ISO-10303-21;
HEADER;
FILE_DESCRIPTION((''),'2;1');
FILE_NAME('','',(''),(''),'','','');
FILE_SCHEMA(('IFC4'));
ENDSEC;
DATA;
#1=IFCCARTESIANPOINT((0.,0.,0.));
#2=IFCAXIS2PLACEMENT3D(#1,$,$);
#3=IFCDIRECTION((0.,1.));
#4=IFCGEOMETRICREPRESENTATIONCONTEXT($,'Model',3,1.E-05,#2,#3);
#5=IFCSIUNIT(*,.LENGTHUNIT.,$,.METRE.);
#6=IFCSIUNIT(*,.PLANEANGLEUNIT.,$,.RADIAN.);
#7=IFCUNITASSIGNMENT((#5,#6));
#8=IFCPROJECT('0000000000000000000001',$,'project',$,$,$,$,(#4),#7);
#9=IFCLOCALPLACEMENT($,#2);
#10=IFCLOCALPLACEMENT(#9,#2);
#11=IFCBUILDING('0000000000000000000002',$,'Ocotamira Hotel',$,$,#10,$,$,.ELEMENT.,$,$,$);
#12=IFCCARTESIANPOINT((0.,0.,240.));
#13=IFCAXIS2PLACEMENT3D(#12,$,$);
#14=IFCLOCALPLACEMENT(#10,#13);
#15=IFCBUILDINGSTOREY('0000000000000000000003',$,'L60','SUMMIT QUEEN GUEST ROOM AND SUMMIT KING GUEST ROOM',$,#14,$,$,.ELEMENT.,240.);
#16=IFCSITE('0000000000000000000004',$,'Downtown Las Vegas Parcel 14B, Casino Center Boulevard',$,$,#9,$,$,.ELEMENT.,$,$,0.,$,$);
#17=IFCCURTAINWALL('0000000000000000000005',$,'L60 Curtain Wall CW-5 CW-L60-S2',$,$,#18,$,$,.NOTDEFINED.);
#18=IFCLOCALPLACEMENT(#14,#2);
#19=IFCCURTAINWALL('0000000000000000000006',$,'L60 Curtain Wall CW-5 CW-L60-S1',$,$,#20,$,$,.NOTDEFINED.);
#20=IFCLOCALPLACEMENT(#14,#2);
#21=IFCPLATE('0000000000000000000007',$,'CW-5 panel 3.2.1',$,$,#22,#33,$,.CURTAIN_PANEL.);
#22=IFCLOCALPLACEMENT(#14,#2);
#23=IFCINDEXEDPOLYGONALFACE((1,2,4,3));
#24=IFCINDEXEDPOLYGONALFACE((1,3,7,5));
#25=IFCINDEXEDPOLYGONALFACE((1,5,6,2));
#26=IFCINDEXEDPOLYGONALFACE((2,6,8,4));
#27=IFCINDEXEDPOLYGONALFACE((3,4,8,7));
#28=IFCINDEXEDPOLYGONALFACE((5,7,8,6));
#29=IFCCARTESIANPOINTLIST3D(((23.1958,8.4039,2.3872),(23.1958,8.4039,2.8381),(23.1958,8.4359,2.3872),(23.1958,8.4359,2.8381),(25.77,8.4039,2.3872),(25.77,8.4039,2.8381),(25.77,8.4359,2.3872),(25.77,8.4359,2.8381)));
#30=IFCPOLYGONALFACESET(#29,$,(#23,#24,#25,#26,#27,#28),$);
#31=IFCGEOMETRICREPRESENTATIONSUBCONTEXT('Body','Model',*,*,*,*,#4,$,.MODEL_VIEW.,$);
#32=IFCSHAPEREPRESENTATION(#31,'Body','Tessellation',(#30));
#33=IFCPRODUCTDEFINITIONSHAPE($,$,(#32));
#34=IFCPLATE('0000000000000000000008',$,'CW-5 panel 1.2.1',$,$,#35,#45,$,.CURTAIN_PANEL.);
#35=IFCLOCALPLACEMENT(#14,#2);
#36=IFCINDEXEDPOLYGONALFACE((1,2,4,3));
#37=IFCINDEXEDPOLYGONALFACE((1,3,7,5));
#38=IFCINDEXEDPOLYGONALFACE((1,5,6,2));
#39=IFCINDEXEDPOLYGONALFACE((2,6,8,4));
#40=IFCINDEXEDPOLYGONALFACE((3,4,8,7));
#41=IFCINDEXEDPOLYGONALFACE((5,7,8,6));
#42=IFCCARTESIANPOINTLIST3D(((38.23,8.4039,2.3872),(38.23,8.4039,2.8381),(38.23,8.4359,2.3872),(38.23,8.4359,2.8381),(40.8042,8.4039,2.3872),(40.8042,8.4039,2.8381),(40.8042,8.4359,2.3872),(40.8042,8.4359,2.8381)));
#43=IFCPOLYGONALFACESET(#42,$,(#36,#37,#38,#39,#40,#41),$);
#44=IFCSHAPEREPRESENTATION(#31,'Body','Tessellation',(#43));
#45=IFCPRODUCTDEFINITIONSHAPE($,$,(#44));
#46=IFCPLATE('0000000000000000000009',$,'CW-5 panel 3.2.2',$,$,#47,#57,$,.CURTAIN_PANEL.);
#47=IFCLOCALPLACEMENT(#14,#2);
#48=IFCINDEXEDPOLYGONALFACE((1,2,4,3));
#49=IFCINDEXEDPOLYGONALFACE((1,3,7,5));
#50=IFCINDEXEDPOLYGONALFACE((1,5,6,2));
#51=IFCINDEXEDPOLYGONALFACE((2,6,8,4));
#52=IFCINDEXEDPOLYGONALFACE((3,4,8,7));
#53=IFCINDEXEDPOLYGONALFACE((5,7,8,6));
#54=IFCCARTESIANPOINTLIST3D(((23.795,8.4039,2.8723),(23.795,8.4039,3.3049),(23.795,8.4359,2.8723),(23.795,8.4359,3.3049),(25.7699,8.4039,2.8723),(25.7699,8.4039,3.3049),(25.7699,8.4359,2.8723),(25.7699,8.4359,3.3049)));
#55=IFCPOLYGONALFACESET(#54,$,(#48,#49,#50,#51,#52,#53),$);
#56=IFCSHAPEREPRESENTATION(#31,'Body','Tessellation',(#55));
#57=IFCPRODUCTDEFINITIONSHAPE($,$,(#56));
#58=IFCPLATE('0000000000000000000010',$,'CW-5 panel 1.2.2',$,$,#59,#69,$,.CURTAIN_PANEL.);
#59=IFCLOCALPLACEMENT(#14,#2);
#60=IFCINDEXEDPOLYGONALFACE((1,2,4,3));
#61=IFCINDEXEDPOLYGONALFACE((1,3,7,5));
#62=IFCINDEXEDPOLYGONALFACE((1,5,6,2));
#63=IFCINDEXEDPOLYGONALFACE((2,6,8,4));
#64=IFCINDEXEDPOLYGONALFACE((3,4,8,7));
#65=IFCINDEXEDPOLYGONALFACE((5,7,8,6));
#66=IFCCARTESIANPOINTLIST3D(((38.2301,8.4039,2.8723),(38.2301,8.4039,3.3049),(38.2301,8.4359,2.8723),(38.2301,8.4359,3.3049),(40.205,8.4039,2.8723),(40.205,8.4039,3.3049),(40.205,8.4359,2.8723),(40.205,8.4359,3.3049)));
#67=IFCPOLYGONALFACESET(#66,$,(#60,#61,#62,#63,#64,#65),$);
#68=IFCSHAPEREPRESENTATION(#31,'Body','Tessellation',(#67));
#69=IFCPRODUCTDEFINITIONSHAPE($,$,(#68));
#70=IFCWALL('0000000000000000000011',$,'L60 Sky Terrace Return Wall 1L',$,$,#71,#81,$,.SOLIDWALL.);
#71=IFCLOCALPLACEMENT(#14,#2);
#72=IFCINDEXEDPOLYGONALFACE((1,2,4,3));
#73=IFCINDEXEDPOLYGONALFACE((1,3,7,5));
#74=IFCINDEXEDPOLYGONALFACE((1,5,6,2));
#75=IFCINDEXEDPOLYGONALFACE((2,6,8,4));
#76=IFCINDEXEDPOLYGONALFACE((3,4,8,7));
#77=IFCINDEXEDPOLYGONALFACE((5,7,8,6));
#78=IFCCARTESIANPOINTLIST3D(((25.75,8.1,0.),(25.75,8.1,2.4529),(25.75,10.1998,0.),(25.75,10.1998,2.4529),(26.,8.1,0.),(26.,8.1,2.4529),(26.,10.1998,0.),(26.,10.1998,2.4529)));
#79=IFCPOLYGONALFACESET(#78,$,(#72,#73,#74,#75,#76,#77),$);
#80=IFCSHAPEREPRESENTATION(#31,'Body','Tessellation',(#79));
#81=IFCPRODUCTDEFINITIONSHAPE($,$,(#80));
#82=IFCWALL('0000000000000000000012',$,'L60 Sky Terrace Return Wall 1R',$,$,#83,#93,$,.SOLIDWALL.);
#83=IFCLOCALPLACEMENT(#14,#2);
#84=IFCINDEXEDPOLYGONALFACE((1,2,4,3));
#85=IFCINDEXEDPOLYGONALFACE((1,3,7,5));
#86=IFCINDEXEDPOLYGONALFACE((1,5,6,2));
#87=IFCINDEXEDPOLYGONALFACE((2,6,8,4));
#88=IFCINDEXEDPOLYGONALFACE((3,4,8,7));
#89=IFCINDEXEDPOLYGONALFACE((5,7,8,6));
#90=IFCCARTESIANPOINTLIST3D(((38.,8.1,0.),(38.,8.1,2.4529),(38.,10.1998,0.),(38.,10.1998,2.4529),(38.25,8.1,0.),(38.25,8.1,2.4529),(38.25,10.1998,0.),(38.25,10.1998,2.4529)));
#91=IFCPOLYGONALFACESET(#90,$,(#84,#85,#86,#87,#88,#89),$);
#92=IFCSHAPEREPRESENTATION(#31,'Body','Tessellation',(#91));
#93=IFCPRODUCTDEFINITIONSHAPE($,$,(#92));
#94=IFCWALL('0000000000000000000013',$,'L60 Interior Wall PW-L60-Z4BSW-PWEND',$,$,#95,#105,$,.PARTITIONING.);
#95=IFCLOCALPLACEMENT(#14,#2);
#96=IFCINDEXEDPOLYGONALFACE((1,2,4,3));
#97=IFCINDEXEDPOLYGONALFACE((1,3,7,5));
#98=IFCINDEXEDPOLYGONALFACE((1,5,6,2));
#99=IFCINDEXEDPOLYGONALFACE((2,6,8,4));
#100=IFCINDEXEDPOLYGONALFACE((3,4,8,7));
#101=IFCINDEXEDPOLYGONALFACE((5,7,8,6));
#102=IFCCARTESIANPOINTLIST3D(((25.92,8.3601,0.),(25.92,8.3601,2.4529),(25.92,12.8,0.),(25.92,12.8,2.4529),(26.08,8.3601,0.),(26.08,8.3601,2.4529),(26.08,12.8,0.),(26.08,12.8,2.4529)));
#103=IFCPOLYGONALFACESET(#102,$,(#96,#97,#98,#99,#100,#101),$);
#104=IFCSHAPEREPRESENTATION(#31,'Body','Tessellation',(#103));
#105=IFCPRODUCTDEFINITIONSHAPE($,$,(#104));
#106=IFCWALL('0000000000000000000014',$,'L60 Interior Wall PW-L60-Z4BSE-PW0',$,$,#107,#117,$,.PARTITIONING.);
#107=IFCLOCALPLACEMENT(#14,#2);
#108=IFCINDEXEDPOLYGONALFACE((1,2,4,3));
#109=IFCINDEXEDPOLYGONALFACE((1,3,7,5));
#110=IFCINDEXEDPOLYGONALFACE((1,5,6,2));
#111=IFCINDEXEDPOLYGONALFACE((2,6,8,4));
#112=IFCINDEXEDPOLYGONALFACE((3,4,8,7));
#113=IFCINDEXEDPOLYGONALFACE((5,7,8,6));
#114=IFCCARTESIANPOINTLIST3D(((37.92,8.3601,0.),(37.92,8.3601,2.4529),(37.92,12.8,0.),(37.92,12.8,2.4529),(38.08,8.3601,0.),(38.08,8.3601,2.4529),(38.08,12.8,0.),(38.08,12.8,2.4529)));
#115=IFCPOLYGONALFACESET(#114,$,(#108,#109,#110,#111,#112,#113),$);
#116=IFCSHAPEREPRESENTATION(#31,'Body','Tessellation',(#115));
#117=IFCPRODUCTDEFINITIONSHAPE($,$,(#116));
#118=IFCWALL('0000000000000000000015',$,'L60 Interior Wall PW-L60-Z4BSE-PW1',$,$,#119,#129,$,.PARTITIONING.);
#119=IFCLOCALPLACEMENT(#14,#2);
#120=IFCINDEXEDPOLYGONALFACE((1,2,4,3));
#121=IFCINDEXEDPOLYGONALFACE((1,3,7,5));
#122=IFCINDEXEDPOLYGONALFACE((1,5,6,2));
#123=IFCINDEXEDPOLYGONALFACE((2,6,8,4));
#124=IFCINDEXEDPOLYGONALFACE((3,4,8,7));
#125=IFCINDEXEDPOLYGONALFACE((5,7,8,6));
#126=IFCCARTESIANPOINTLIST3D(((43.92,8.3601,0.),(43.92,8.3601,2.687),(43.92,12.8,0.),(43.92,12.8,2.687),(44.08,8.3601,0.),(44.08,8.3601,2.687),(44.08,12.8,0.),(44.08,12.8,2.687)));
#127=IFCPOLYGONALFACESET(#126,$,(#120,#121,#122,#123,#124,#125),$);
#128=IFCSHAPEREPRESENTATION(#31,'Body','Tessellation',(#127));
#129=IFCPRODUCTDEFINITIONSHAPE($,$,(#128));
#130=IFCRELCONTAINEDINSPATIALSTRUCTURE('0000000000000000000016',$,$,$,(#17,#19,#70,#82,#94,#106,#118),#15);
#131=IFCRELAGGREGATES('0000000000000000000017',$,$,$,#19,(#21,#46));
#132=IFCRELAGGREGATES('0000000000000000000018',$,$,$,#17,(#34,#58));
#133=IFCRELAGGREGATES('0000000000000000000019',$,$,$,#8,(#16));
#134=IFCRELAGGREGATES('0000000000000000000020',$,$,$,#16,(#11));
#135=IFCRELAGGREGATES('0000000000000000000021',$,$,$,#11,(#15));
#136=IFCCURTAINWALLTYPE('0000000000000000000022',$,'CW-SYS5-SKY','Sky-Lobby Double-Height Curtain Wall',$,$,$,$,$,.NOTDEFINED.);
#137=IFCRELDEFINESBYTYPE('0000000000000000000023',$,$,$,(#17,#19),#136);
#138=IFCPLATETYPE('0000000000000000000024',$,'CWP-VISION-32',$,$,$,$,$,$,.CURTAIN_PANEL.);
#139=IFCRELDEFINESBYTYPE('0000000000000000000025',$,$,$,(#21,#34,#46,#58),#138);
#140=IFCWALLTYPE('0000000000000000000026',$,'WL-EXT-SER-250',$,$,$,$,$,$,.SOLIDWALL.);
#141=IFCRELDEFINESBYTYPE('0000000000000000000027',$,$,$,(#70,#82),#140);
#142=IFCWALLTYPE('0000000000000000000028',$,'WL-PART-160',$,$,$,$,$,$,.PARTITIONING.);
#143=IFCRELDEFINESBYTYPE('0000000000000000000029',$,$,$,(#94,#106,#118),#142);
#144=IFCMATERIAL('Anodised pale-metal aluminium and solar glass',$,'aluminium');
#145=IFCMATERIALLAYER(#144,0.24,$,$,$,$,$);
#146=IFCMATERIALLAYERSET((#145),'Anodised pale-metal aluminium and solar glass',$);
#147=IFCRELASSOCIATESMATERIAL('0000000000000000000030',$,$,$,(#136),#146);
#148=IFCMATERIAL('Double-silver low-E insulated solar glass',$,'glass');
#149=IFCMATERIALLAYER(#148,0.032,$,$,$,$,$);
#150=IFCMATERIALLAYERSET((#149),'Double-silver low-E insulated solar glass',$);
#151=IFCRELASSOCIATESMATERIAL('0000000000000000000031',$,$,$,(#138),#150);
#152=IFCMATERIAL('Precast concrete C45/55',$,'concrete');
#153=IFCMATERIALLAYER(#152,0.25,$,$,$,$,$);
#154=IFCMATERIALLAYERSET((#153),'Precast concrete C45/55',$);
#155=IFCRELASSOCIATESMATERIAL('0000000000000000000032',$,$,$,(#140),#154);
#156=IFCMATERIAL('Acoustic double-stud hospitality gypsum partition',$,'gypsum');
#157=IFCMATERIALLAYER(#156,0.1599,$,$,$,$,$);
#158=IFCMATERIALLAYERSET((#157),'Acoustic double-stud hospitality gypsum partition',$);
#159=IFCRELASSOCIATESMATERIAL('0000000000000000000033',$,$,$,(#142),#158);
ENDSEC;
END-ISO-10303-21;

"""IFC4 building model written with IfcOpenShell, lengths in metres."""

from ifc_helpers import new_model, si_unit, direction, frame, frame_2d, origin, origin_2d, place, context, subcontext, project, spatial, rectangle, extrude, source, transform, mapped, material, layer, layer_set, type_object, element, aggregate, save


model = new_model("IFC4")

# Units and contexts
model_context = context("Model", 3, precision=1e-05, world=origin(), true_north=direction((0.0, 1.0)))
body_context = subcontext(model_context, "Body", "Model", "MODEL_VIEW")
ifc_project = project(units=[si_unit("LENGTHUNIT", "METRE"), si_unit("PLANEANGLEUNIT", "RADIAN")], contexts=[model_context])

# Site, building, storey
site_placement = place(None, origin())
site = spatial("IfcSite", under=ifc_project, at=site_placement, Name="Downtown Las Vegas Parcel 14B, Casino Center Boulevard", CompositionType="ELEMENT", RefElevation=0.0)
building_placement = place(site_placement, origin())
building = spatial("IfcBuilding", under=site, at=building_placement, Name="Ocotamira Hotel", CompositionType="ELEMENT")
storey_placement = place(building_placement, frame((0.0, 0.0, 240.0)))
storey = spatial("IfcBuildingStorey", under=building, at=storey_placement, Name="L60", Description="SUMMIT QUEEN GUEST ROOM AND SUMMIT KING GUEST ROOM", CompositionType="ELEMENT", Elevation=240.0)

# Curtain wall
ifc_material_1 = material(Name="Anodised pale-metal aluminium and solar glass", Category="aluminium")
ifc_layer_1 = layer(ifc_material_1, 0.24)
ifc_layer_set_1 = layer_set([ifc_layer_1], Name="Anodised pale-metal aluminium and solar glass")
curtain_wall_type = type_object("IfcCurtainWallType", Name="CW-SYS5-SKY", Description="Sky-Lobby Double-Height Curtain Wall", PredefinedType="NOTDEFINED", material=ifc_layer_set_1)
curtain_wall_1_placement = place(storey_placement, origin())
curtain_wall_1 = element("IfcCurtainWall", 1, at=curtain_wall_1_placement, inside=storey, type_object=curtain_wall_type, Name="L60 Curtain Wall CW-5 CW-L60-S2", PredefinedType="NOTDEFINED")

# Curtain wall
curtain_wall_2_placement = place(storey_placement, origin())
curtain_wall_2 = element("IfcCurtainWall", 2, at=curtain_wall_2_placement, inside=storey, type_object=curtain_wall_type, Name="L60 Curtain Wall CW-5 CW-L60-S1", PredefinedType="NOTDEFINED")

# Plates
ifc_material_2 = material(Name="Double-silver low-E insulated solar glass", Category="glass")
ifc_layer_2 = layer(ifc_material_2, 0.032)
ifc_layer_set_2 = layer_set([ifc_layer_2], Name="Double-silver low-E insulated solar glass")
plate_type_1 = type_object("IfcPlateType", Name="CWP-VISION-32", PredefinedType="CURTAIN_PANEL", material=ifc_layer_set_2)
shared_shape_1 = source(origin(), body_context, "Body", "SweptSolid", [
    extrude(rectangle(XDim=2.5742, YDim=0.032, at=origin_2d()), origin(), (0.0, 0.0, 1.0), 0.4509),
])
plate_1_placement = place(storey_placement, frame((24.4829, 8.4199, 2.3872), z_axis=(0.0, 0.0, 1.0), x_axis=(1.0, 0.0, 0.0)))
plate_1 = element("IfcPlate", 3, at=plate_1_placement, type_object=plate_type_1, Name="CW-5 panel 3.2.1", PredefinedType="CURTAIN_PANEL", context=body_context, shape_type="MappedRepresentation", body=[
    mapped(shared_shape_1, transform((0.0, 0.0, 0.0), scale=1.0)),
])
plate_2_placement = place(storey_placement, frame((39.5171, 8.4199, 2.3872), z_axis=(0.0, 0.0, 1.0), x_axis=(1.0, 0.0, 0.0)))
plate_2 = element("IfcPlate", 4, at=plate_2_placement, type_object=plate_type_1, Name="CW-5 panel 1.2.1", PredefinedType="CURTAIN_PANEL", context=body_context, shape_type="MappedRepresentation", body=[
    mapped(shared_shape_1, transform((0.0, 0.0, 0.0), scale=1.0)),
])
shared_shape_2 = source(origin(), body_context, "Body", "SweptSolid", [
    extrude(rectangle(XDim=1.9749, YDim=0.032, at=origin_2d()), origin(), (0.0, 0.0, 1.0), 0.4326),
])
plate_3_placement = place(storey_placement, frame((24.7825, 8.4199, 2.8723), z_axis=(0.0, 0.0, 1.0), x_axis=(1.0, 0.0, 0.0)))
plate_3 = element("IfcPlate", 5, at=plate_3_placement, type_object=plate_type_1, Name="CW-5 panel 3.2.2", PredefinedType="CURTAIN_PANEL", context=body_context, shape_type="MappedRepresentation", body=[
    mapped(shared_shape_2, transform((0.0, 0.0, 0.0), scale=1.0)),
])
aggregate(curtain_wall_2, [plate_1, plate_3])
plate_4_placement = place(storey_placement, frame((39.2175, 8.4199, 2.8723), z_axis=(0.0, 0.0, 1.0), x_axis=(1.0, 0.0, 0.0)))
plate_4 = element("IfcPlate", 6, at=plate_4_placement, type_object=plate_type_1, Name="CW-5 panel 1.2.2", PredefinedType="CURTAIN_PANEL", context=body_context, shape_type="MappedRepresentation", body=[
    mapped(shared_shape_2, transform((0.0, 0.0, 0.0), scale=1.0)),
])
aggregate(curtain_wall_1, [plate_2, plate_4])

# Walls
ifc_material_3 = material(Name="Precast concrete C45/55", Category="concrete")
ifc_layer_3 = layer(ifc_material_3, 0.25)
ifc_layer_set_3 = layer_set([ifc_layer_3], Name="Precast concrete C45/55")
wall_type_1 = type_object("IfcWallType", Name="WL-EXT-SER-250", PredefinedType="SOLIDWALL", material=ifc_layer_set_3)
for number, where, z_axis, x_axis, name in (
    (7, (25.875, 8.1001, 0.0), (0.0, 0.0, 1.0), (0.0, 1.0, 0.0), "L60 Sky Terrace Return Wall 1L"),
    (8, (38.125, 8.1001, 0.0), (0.0, 0.0, 1.0), (0.0, 1.0, 0.0), "L60 Sky Terrace Return Wall 1R"),
):
    element("IfcWall", number, at=place(storey_placement, frame(where, z_axis=z_axis, x_axis=x_axis)), inside=storey, type_object=wall_type_1, Name=name, PredefinedType="SOLIDWALL", context=body_context, shape_type="SweptSolid", body=[
        extrude(rectangle(XDim=2.0999, YDim=0.25, at=frame_2d((1.0498, 0.0))), origin(), (0.0, 0.0, 1.0), 2.4529),
    ])
ifc_material_4 = material(Name="Acoustic double-stud hospitality gypsum partition", Category="gypsum")
ifc_layer_4 = layer(ifc_material_4, 0.1599)
ifc_layer_set_4 = layer_set([ifc_layer_4], Name="Acoustic double-stud hospitality gypsum partition")
wall_type_2 = type_object("IfcWallType", Name="WL-PART-160", PredefinedType="PARTITIONING", material=ifc_layer_set_4)
for number, where, z_axis, x_axis, name in (
    (9, (26.0, 8.3601, 0.0), (0.0, 0.0, 1.0), (0.0, 1.0, 0.0), "L60 Interior Wall PW-L60-Z4BSW-PWEND"),
    (10, (38.0, 8.3601, 0.0), (0.0, 0.0, 1.0), (0.0, 1.0, 0.0), "L60 Interior Wall PW-L60-Z4BSE-PW0"),
):
    element("IfcWall", number, at=place(storey_placement, frame(where, z_axis=z_axis, x_axis=x_axis)), inside=storey, type_object=wall_type_2, Name=name, PredefinedType="PARTITIONING", context=body_context, shape_type="SweptSolid", body=[
        extrude(rectangle(XDim=4.4399, YDim=0.1599, at=frame_2d((2.22, 0.0))), origin(), (0.0, 0.0, 1.0), 2.4529),
    ])
wall_placement = place(storey_placement, frame((44.0, 8.3601, 0.0), z_axis=(0.0, 0.0, 1.0), x_axis=(0.0, 1.0, 0.0)))
element("IfcWall", 11, at=wall_placement, inside=storey, type_object=wall_type_2, Name="L60 Interior Wall PW-L60-Z4BSE-PW1", PredefinedType="PARTITIONING", context=body_context, shape_type="SweptSolid", body=[
    extrude(rectangle(XDim=4.4399, YDim=0.1599, at=frame_2d((2.22, 0.0))), origin(), (0.0, 0.0, 1.0), 2.687),
])

save(model, "model.ifc")
